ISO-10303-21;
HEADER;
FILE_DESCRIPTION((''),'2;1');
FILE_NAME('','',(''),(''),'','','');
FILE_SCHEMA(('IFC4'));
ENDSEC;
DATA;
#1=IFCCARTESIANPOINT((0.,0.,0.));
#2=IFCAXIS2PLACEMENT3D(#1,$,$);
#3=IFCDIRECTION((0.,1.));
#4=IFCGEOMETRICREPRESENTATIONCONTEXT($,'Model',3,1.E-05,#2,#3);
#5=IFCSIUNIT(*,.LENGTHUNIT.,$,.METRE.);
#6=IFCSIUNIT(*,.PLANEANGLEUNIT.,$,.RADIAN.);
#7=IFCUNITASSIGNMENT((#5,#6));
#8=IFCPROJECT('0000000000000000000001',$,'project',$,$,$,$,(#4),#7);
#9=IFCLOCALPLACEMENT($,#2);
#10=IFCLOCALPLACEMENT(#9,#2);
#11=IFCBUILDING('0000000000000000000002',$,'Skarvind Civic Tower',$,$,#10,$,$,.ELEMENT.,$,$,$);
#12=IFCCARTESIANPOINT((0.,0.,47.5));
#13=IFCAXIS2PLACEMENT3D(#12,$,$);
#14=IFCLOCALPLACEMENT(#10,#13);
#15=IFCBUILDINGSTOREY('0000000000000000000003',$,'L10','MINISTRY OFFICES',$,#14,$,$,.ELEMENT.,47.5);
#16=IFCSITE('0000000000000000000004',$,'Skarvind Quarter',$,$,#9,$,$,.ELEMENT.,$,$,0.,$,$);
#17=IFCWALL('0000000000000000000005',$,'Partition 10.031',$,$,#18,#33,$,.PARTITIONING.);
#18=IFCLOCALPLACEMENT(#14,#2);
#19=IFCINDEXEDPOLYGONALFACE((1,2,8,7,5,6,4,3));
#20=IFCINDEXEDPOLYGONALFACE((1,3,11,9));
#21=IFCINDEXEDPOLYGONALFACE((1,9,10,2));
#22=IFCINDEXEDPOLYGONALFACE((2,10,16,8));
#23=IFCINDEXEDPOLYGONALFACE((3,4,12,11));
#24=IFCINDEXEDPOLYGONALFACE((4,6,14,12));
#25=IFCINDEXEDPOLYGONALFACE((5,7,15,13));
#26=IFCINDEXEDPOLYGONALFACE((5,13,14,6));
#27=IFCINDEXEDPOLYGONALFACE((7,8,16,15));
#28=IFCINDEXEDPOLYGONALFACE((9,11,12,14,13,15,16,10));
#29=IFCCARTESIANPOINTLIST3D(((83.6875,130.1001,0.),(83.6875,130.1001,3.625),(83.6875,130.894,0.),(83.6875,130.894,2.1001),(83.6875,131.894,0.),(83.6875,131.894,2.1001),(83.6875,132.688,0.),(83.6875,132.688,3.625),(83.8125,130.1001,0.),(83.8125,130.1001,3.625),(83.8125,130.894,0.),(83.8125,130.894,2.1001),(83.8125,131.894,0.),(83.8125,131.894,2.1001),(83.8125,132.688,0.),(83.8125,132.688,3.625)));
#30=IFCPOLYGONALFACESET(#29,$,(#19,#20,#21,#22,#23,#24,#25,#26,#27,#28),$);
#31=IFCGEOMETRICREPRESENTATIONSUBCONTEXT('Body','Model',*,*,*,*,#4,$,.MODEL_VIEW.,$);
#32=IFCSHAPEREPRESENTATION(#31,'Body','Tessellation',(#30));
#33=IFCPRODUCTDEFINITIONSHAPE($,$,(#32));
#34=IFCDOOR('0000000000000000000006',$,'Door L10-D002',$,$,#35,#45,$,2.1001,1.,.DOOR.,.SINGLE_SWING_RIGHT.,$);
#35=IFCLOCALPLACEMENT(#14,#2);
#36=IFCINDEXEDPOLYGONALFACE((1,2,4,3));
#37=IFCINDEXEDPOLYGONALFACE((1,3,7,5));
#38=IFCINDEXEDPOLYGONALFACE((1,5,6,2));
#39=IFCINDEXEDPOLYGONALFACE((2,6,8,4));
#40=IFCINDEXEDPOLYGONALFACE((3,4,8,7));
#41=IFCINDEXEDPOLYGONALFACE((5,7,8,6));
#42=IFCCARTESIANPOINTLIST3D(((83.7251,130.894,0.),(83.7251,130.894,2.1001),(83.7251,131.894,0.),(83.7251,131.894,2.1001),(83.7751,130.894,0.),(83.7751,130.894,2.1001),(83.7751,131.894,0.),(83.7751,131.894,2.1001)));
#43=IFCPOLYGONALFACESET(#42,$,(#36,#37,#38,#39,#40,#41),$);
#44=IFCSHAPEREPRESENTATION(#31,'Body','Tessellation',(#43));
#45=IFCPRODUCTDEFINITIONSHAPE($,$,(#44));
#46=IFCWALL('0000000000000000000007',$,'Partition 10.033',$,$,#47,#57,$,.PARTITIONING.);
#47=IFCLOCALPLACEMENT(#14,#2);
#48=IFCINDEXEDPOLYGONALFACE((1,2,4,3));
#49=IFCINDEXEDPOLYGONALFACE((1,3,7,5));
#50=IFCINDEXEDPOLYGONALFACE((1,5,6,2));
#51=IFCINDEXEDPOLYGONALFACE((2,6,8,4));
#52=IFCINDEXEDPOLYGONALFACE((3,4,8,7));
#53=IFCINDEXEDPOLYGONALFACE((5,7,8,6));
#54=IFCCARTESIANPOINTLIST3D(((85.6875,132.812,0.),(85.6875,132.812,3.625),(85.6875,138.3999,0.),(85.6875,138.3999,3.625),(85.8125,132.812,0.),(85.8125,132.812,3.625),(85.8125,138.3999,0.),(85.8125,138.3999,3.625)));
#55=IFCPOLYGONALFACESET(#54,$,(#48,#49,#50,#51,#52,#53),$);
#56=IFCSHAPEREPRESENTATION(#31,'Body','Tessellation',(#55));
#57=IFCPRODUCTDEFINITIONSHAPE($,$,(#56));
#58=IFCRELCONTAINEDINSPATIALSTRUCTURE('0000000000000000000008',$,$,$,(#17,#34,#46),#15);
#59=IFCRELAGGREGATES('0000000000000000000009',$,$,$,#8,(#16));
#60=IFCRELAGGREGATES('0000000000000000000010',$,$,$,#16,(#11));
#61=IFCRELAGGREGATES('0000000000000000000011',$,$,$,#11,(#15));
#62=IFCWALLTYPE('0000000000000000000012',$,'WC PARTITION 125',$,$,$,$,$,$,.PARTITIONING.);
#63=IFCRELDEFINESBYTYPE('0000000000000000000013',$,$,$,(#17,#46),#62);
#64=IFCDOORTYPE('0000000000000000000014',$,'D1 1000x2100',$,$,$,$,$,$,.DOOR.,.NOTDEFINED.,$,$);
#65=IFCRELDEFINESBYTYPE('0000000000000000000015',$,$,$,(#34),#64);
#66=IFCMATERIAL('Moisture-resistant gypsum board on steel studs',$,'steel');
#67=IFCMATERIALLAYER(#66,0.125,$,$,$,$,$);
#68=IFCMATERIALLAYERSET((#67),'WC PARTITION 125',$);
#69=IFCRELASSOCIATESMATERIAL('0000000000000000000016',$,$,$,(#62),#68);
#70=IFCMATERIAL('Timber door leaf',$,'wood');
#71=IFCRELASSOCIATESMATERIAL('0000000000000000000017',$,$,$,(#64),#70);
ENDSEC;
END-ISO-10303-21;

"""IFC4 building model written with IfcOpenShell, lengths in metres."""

from ifc_helpers import new_model, si_unit, direction, frame, frame_2d, origin, place, context, subcontext, project, spatial, rectangle, extrude, material, layer, layer_set, type_object, element, fill, save


model = new_model("IFC4")

# Units and contexts
model_context = context("Model", 3, precision=1e-05, world=origin(), true_north=direction((0.0, 1.0)))
body_context = subcontext(model_context, "Body", "Model", "MODEL_VIEW")
ifc_project = project(units=[si_unit("LENGTHUNIT", "METRE"), si_unit("PLANEANGLEUNIT", "RADIAN")], contexts=[model_context])

# Site, building, storey
site_placement = place(None, origin())
site = spatial("IfcSite", under=ifc_project, at=site_placement, Name="Skarvind Quarter", CompositionType="ELEMENT", RefElevation=0.0)
building_placement = place(site_placement, origin())
building = spatial("IfcBuilding", under=site, at=building_placement, Name="Skarvind Civic Tower", CompositionType="ELEMENT")
storey_placement = place(building_placement, frame((0.0, 0.0, 47.5)))
storey = spatial("IfcBuildingStorey", under=building, at=storey_placement, Name="L10", Description="MINISTRY OFFICES", CompositionType="ELEMENT", Elevation=47.5)

# Shared definitions
ifc_material_1 = material(Name="Moisture-resistant gypsum board on steel studs", Category="steel")
ifc_layer_1 = layer(ifc_material_1, 0.125)
ifc_layer_set_1 = layer_set([ifc_layer_1], Name="WC PARTITION 125")
wall_type_1 = type_object("IfcWallType", Name="WC PARTITION 125", PredefinedType="PARTITIONING", material=ifc_layer_set_1)
ifc_material_2 = material(Name="Timber door leaf", Category="wood")

# Wall, opening, door
wall_1_placement = place(storey_placement, frame((83.75, 130.1001, 0.0), z_axis=(0.0, 0.0, 1.0), x_axis=(0.0, 1.0, 0.0)))
wall_1 = element("IfcWall", 1, at=wall_1_placement, inside=storey, type_object=wall_type_1, Name="Partition 10.031", PredefinedType="PARTITIONING", context=body_context, shape_type="SweptSolid", body=[
    extrude(rectangle(XDim=2.5879, YDim=0.125, at=frame_2d((1.2939, 0.0))), origin(), (0.0, 0.0, 1.0), 3.625),
])
opening_1_placement = place(wall_1_placement, frame((0.7939, 0.0, 0.0)))
opening_1 = element("IfcOpeningElement", 2, at=opening_1_placement, cuts=wall_1, PredefinedType="OPENING", context=body_context, shape_type="SweptSolid", body=[
    extrude(rectangle(XDim=1.0, YDim=2.1001, at=frame_2d((0.5, 1.05))), frame((0.0, 0.0725, 0.0), z_axis=(0.0, -1.0, 0.0), x_axis=(1.0, 0.0, 0.0)), (0.0, 0.0, 1.0), 0.145),
])
door_type_1 = type_object("IfcDoorType", Name="D1 1000x2100", OperationType="NOTDEFINED", PredefinedType="DOOR", material=ifc_material_2)
door_1_placement = place(opening_1_placement, origin())
door_1 = element("IfcDoor", 3, at=door_1_placement, inside=storey, type_object=door_type_1, Name="Door L10-D002", OperationType="SINGLE_SWING_RIGHT", OverallHeight=2.1001, OverallWidth=1.0, PredefinedType="DOOR", context=body_context, shape_type="SweptSolid", body=[
    extrude(rectangle(XDim=1.0, YDim=2.1001, at=frame_2d((0.5, 1.05))), frame((0.0, 0.0249, 0.0), z_axis=(0.0, -1.0, 0.0), x_axis=(1.0, 0.0, 0.0)), (0.0, 0.0, 1.0), 0.05),
])
fill(opening_1, door_1)

# Wall
wall_2_placement = place(storey_placement, frame((85.75, 138.3999, 0.0), z_axis=(0.0, 0.0, 1.0), x_axis=(0.0, -1.0, 0.0)))
element("IfcWall", 4, at=wall_2_placement, inside=storey, type_object=wall_type_1, Name="Partition 10.033", PredefinedType="PARTITIONING", context=body_context, shape_type="SweptSolid", body=[
    extrude(rectangle(XDim=5.5879, YDim=0.125, at=frame_2d((2.7939, 0.0))), origin(), (0.0, 0.0, 1.0), 3.625),
])

save(model, "model.ifc")
